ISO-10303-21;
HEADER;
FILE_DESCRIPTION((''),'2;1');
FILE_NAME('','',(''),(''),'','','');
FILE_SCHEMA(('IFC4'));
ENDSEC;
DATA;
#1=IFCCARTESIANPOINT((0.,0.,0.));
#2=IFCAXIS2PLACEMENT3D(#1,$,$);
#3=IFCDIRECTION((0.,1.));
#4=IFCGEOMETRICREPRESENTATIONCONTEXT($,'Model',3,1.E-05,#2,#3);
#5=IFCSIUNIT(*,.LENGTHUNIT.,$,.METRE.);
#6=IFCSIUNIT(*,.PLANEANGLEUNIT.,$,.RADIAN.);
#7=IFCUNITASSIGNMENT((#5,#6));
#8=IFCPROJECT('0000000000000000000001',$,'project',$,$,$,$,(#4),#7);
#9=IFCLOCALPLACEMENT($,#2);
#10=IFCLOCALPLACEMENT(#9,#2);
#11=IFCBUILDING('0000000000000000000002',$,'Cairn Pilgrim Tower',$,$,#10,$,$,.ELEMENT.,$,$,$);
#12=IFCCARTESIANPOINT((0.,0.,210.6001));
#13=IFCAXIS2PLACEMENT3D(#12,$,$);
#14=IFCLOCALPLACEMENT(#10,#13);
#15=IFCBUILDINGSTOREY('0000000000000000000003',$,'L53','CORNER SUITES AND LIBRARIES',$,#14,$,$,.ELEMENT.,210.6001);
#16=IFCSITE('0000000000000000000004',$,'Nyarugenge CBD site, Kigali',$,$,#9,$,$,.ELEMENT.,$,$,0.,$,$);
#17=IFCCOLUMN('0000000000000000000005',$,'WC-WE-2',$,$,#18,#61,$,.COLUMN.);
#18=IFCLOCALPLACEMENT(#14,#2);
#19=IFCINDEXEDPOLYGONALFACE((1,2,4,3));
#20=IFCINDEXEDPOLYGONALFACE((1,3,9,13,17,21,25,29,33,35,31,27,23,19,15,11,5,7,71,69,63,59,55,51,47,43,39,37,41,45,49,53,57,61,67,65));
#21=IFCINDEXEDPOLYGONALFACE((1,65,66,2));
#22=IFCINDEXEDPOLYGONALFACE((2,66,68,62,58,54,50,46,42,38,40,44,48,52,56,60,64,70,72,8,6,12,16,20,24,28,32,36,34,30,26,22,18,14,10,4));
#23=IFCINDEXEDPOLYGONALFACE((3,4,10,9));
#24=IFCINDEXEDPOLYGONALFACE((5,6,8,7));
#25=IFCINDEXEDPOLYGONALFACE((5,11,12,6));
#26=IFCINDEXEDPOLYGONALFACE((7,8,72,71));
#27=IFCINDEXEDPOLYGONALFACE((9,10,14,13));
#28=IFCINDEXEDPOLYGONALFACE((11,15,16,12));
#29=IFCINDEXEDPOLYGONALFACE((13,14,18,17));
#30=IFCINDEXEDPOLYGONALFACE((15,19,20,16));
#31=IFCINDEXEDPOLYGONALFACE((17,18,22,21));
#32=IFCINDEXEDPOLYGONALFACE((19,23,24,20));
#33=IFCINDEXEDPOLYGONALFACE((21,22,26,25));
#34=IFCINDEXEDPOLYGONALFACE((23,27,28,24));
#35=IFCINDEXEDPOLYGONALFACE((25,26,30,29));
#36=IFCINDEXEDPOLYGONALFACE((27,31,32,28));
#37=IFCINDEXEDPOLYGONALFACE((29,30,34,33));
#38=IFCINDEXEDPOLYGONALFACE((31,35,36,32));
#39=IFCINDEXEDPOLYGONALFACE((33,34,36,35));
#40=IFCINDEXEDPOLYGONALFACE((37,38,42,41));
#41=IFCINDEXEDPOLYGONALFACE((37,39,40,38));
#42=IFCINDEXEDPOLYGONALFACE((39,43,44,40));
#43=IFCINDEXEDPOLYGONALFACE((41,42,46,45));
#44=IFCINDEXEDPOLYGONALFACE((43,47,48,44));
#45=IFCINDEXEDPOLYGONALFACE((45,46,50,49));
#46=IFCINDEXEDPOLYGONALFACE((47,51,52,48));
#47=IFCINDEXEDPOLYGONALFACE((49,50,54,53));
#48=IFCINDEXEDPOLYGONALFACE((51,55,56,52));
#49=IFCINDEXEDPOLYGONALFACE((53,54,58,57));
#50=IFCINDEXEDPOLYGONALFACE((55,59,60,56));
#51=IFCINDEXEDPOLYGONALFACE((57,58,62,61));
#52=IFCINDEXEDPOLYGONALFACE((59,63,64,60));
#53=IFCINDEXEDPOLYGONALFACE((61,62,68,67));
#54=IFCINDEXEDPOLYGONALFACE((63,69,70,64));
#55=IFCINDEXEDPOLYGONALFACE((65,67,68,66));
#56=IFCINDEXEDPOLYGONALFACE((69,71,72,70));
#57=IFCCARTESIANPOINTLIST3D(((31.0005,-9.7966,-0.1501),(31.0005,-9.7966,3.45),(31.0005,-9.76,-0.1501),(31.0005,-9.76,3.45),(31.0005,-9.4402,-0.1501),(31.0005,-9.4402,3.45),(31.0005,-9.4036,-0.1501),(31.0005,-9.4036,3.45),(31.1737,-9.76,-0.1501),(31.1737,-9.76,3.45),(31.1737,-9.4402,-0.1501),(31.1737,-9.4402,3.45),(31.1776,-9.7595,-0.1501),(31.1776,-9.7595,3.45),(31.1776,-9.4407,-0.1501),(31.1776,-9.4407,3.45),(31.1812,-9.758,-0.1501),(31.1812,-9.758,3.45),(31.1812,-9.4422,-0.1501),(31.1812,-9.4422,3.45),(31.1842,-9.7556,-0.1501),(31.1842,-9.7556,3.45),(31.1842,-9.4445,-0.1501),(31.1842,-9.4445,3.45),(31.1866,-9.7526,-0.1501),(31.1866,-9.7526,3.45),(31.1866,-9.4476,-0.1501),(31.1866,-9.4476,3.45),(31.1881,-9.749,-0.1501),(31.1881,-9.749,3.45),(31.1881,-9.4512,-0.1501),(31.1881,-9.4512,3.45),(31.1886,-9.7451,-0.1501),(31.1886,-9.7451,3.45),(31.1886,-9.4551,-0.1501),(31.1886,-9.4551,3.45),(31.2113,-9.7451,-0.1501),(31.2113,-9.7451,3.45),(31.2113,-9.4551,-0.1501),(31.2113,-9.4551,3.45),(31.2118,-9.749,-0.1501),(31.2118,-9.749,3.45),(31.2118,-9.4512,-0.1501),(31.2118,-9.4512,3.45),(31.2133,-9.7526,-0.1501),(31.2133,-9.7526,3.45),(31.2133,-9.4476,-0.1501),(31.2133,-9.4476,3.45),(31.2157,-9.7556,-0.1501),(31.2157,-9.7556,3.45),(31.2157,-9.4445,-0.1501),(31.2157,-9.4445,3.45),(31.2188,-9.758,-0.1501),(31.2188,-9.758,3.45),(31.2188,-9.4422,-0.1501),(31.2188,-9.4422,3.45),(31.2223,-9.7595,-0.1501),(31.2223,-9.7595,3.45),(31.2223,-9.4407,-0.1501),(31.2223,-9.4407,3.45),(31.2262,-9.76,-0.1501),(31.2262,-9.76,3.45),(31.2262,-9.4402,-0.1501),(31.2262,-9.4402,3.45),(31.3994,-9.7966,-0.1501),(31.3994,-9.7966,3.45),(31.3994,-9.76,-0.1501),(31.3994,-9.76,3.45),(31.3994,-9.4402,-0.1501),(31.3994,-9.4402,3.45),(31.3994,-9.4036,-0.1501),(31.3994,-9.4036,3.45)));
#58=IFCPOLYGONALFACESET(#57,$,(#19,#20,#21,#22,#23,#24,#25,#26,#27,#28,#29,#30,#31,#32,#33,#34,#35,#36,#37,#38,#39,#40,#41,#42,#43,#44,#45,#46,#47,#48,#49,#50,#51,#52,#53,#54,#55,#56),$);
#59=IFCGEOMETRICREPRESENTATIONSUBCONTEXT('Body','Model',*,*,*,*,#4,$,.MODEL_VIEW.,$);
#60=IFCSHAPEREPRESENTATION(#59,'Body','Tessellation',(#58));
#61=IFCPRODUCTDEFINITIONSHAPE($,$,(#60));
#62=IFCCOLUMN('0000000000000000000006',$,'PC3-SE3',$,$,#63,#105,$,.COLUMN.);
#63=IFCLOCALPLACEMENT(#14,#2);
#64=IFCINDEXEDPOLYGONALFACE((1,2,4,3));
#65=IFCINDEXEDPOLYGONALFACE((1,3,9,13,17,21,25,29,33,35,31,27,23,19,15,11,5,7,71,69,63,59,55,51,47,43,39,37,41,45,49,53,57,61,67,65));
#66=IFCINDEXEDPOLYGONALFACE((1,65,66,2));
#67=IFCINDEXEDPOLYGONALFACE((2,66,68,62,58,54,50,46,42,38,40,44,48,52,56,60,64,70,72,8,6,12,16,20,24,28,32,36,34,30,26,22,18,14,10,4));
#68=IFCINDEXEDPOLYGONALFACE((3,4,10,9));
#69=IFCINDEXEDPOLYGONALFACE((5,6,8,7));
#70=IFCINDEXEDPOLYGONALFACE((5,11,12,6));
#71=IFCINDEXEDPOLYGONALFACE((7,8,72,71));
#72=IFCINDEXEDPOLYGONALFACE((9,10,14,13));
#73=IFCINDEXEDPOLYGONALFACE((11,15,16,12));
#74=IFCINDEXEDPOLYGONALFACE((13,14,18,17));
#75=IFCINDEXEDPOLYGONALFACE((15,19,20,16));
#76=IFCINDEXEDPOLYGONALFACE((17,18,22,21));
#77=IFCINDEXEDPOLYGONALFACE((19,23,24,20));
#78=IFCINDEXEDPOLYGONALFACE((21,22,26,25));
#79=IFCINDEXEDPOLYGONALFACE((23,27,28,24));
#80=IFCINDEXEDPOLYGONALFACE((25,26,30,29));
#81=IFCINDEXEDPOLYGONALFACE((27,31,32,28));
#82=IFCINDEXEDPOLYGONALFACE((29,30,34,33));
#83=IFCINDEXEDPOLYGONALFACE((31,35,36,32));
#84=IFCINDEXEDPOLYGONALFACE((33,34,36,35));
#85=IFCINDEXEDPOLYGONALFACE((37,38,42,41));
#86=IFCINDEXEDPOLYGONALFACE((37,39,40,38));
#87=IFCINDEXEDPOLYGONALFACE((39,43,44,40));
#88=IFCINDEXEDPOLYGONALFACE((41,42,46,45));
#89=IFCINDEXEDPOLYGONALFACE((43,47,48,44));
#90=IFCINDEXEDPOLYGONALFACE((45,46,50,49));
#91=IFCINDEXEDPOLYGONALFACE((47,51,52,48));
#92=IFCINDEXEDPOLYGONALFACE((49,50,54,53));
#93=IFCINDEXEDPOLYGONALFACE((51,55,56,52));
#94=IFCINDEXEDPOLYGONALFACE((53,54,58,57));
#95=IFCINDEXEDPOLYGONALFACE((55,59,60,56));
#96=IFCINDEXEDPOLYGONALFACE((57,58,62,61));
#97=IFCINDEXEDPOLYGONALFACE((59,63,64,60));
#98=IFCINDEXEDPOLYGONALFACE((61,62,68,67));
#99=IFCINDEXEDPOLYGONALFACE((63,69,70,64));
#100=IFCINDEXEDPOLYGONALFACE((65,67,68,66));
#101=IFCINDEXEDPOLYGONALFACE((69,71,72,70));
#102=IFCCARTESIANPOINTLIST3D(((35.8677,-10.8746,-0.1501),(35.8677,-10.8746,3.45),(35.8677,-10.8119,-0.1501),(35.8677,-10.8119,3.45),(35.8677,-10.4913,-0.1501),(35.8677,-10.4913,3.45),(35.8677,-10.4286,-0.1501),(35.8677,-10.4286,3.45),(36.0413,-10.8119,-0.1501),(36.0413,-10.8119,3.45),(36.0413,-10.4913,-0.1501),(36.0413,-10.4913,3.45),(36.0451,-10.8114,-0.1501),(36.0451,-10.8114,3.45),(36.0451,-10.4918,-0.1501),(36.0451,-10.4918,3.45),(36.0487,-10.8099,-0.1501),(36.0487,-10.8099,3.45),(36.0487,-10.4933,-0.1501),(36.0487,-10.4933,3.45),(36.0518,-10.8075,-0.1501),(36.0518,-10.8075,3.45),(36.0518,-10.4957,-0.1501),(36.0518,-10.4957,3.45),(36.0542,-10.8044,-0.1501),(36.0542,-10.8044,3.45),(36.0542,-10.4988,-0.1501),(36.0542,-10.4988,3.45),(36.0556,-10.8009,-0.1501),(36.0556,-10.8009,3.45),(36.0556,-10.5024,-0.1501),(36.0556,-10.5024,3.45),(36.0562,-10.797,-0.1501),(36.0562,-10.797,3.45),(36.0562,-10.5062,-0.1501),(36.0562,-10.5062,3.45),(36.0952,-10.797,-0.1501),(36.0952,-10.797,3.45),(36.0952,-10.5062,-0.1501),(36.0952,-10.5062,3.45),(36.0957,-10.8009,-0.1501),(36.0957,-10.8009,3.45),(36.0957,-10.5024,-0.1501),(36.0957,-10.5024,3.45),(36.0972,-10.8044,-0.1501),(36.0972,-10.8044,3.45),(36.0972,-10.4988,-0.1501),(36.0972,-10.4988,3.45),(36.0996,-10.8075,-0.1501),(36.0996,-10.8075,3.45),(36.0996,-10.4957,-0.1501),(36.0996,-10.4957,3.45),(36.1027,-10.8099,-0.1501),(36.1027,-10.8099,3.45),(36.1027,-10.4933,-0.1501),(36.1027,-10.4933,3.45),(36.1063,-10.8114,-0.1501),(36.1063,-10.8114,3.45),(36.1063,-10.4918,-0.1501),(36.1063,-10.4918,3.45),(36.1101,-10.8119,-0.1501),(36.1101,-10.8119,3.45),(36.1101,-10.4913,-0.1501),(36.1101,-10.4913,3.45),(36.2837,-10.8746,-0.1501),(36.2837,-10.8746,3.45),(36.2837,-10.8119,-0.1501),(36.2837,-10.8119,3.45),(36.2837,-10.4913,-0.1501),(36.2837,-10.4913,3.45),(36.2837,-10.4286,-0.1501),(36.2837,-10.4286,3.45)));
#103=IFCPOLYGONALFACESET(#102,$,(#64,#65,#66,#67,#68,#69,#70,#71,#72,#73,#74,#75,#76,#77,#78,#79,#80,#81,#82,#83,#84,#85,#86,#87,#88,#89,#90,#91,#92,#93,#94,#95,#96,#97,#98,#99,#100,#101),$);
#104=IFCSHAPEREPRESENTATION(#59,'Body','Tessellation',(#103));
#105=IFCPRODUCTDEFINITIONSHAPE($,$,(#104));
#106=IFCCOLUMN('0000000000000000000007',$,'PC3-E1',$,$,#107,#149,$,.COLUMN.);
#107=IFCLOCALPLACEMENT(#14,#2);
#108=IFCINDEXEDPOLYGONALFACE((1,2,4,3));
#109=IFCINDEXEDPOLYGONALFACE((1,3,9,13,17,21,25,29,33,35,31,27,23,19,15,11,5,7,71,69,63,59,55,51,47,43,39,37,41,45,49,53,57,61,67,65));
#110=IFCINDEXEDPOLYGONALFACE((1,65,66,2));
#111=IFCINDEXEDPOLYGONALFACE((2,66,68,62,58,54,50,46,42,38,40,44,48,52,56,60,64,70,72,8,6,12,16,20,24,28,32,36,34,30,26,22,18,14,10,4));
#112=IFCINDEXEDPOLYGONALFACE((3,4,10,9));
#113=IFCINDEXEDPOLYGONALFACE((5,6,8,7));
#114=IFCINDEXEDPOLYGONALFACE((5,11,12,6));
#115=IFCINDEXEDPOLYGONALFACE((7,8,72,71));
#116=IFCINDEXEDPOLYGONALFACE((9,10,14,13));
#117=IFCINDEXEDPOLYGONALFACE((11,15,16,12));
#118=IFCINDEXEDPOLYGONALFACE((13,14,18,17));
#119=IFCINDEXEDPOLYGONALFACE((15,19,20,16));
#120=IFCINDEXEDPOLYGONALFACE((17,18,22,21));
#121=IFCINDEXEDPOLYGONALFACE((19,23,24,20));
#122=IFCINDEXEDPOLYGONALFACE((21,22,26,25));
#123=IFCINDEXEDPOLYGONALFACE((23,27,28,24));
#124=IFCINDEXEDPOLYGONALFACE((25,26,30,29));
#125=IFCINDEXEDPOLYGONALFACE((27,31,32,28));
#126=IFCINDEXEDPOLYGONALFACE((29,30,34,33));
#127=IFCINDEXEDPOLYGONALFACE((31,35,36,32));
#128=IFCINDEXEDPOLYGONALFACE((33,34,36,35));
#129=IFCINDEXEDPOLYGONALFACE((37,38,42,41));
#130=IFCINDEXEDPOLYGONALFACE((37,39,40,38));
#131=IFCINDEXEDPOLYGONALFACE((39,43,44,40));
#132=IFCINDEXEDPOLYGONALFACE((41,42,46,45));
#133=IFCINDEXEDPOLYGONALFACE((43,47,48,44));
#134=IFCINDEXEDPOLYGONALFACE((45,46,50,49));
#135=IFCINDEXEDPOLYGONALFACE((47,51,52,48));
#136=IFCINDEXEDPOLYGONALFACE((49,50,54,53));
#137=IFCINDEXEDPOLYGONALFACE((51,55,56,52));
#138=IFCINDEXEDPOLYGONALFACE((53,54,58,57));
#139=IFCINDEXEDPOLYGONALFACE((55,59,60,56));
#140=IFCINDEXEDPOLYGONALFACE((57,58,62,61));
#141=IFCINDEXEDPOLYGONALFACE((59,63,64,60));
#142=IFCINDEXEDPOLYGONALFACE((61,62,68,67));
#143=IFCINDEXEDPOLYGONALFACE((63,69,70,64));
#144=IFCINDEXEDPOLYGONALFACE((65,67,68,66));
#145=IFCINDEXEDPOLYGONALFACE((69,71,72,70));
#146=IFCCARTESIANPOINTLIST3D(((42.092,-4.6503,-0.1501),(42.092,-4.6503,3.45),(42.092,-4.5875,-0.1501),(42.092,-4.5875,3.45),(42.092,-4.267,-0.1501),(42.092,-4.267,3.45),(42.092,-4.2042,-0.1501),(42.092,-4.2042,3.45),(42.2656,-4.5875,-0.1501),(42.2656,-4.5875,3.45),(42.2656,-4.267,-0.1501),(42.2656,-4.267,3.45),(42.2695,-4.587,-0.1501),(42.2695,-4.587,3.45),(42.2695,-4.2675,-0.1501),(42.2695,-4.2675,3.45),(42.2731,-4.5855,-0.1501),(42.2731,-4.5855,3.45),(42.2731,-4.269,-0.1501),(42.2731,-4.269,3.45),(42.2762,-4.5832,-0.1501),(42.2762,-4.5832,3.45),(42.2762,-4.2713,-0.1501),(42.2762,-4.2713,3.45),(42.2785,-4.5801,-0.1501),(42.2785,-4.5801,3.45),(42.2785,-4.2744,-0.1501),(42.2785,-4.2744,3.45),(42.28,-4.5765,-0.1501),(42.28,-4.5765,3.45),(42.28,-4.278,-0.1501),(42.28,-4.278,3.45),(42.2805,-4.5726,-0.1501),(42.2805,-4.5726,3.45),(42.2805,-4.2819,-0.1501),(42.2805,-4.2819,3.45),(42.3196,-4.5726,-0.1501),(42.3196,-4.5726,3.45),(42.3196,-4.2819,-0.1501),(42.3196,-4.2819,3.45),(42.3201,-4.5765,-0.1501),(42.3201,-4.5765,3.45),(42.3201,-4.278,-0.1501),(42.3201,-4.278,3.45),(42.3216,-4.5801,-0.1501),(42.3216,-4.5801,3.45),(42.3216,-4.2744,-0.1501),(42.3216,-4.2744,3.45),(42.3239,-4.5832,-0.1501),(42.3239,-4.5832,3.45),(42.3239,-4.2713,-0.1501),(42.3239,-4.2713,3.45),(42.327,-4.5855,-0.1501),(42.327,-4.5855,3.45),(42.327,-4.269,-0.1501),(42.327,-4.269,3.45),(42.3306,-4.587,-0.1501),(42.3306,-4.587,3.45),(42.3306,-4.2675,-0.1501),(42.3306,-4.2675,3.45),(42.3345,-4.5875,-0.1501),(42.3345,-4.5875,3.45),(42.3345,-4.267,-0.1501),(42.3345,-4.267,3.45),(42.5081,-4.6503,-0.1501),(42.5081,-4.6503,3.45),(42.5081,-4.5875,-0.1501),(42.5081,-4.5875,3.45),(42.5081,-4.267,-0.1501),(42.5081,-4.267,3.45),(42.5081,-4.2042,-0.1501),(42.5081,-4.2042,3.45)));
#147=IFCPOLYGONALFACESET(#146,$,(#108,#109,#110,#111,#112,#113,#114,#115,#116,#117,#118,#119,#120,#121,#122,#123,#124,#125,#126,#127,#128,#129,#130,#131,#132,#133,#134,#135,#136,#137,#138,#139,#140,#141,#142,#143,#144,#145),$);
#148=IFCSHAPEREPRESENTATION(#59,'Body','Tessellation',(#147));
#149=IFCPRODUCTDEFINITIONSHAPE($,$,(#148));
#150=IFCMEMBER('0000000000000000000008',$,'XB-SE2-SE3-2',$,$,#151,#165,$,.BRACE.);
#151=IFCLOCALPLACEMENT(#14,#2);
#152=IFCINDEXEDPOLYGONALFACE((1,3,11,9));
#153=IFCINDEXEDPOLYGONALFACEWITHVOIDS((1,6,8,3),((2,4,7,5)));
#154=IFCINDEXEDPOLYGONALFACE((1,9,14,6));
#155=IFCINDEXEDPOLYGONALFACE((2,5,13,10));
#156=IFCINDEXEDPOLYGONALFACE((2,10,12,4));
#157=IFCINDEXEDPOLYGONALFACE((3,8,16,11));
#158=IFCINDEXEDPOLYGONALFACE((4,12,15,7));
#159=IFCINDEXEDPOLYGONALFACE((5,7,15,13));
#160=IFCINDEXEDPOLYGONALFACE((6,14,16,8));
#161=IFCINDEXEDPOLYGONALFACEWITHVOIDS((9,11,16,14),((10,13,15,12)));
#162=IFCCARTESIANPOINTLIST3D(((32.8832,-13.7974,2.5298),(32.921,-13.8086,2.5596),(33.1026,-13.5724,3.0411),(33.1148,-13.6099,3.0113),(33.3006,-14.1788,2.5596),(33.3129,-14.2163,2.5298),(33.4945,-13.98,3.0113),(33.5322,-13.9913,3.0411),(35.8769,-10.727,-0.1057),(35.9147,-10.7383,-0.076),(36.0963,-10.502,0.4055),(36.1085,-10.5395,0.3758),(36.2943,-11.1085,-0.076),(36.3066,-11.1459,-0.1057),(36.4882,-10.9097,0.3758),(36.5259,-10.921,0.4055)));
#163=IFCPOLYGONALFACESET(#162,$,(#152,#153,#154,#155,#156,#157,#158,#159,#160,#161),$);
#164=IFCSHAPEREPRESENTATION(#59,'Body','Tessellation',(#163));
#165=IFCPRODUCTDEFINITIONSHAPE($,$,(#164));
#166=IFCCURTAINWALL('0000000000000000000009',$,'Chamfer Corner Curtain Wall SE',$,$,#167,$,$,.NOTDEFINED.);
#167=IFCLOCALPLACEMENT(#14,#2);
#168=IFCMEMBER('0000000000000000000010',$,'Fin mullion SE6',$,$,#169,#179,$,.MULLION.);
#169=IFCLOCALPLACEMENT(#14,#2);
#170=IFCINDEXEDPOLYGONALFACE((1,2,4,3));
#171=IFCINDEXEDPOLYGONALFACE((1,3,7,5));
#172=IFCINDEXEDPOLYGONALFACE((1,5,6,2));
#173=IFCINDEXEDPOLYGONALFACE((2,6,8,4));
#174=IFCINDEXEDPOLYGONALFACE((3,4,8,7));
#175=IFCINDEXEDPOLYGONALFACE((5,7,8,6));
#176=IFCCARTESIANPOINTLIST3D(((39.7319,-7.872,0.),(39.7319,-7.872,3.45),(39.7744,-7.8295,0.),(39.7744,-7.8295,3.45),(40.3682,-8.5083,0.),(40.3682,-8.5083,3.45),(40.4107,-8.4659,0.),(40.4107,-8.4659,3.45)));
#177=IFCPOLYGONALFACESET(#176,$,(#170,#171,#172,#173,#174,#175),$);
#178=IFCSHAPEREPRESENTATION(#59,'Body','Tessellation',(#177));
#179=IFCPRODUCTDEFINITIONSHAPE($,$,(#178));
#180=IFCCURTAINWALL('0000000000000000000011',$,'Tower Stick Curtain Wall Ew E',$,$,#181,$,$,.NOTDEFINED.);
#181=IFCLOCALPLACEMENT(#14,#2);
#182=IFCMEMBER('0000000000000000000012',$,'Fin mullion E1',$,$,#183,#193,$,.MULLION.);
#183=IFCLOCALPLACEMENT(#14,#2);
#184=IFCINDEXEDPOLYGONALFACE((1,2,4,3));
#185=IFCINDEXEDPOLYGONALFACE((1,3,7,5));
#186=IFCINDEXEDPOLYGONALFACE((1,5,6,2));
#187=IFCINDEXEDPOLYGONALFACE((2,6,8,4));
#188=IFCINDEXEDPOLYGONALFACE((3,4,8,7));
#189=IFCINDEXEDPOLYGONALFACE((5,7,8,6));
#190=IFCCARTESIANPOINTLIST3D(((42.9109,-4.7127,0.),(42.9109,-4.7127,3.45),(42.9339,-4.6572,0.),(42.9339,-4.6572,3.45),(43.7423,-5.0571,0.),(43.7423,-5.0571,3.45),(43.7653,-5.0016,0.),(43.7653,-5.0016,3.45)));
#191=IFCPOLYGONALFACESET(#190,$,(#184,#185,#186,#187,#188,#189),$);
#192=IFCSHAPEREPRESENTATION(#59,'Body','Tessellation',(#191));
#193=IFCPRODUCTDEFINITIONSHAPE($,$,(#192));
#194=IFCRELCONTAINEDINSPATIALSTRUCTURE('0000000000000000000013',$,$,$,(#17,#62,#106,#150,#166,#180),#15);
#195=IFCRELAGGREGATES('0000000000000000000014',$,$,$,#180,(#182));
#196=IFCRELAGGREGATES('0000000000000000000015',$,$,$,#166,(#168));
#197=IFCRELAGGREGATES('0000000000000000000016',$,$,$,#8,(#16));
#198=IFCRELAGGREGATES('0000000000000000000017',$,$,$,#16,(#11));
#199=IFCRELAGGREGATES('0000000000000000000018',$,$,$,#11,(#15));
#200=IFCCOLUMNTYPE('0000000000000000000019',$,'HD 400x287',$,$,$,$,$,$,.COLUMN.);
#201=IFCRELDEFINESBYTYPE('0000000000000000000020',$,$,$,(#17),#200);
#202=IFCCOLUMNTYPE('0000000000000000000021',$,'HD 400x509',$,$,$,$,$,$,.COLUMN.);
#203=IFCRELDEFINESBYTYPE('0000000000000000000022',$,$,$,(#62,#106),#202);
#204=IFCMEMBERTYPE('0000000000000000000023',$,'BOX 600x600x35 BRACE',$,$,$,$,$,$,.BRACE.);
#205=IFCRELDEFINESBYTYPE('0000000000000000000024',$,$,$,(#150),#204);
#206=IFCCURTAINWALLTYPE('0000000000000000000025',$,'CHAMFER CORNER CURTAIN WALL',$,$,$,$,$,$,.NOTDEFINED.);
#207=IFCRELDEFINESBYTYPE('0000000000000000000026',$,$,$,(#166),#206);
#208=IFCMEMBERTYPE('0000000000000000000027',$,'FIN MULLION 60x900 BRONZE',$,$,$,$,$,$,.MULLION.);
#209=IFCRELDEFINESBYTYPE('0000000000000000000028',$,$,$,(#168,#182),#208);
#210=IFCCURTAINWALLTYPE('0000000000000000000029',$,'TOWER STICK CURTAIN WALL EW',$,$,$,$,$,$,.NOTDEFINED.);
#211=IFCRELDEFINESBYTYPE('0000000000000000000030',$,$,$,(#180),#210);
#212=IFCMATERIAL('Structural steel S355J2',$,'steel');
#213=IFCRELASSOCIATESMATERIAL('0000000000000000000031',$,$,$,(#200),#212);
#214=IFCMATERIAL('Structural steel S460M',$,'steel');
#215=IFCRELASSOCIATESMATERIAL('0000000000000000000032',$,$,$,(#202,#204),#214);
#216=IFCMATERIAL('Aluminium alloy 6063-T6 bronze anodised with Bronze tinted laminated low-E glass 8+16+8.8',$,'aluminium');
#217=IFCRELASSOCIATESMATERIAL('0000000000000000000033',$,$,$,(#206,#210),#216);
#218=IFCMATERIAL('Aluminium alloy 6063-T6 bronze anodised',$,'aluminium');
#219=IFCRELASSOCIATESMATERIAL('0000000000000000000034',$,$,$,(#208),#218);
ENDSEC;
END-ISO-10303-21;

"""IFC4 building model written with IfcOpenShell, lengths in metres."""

from ifc_helpers import new_model, si_unit, direction, frame, origin, origin_2d, place, context, subcontext, project, spatial, rectangle, hollow_rectangle, i_section, extrude, material, material_profile, profile_set, type_object, element, aggregate, save


model = new_model("IFC4")

# Units and contexts
model_context = context("Model", 3, precision=1e-05, world=origin(), true_north=direction((0.0, 1.0)))
body_context = subcontext(model_context, "Body", "Model", "MODEL_VIEW")
ifc_project = project(units=[si_unit("LENGTHUNIT", "METRE"), si_unit("PLANEANGLEUNIT", "RADIAN")], contexts=[model_context])

# Site, building, storey
site_placement = place(None, origin())
site = spatial("IfcSite", under=ifc_project, at=site_placement, Name="Nyarugenge CBD site, Kigali", CompositionType="ELEMENT", RefElevation=0.0)
building_placement = place(site_placement, origin())
building = spatial("IfcBuilding", under=site, at=building_placement, Name="Cairn Pilgrim Tower", CompositionType="ELEMENT")
storey_placement = place(building_placement, frame((0.0, 0.0, 210.6001)))
storey = spatial("IfcBuildingStorey", under=building, at=storey_placement, Name="L53", Description="CORNER SUITES AND LIBRARIES", CompositionType="ELEMENT", Elevation=210.6001)

# Columns
ifc_material_1 = material(Name="Structural steel S355J2", Category="steel")
ifc_material_profile_1 = material_profile(ifc_material_1, i_section(OverallWidth=0.3989, OverallDepth=0.3931, WebThickness=0.0227, FlangeThickness=0.0366, FilletRadius=0.0149, at=origin_2d()), Name="HD 400x287")
ifc_profile_set_1 = profile_set([ifc_material_profile_1], Name="Structural steel S355J2")
column_type_1 = type_object("IfcColumnType", Name="HD 400x287", PredefinedType="COLUMN", material=ifc_profile_set_1)
column_placement = place(storey_placement, frame((31.2, -9.6001, -0.1501), z_axis=(0.0, 0.0, 1.0), x_axis=(1.0, 0.0, 0.0)))
element("IfcColumn", 1, at=column_placement, inside=storey, type_object=column_type_1, Name="WC-WE-2", PredefinedType="COLUMN", context=body_context, shape_type="SweptSolid", body=[
    extrude(i_section(OverallWidth=0.3989, OverallDepth=0.3931, WebThickness=0.0227, FlangeThickness=0.0366, FilletRadius=0.0149, at=origin_2d()), origin(), (0.0, 0.0, 1.0), 3.6001),
])
ifc_material_2 = material(Name="Structural steel S460M", Category="steel")
ifc_material_profile_2 = material_profile(ifc_material_2, i_section(OverallWidth=0.416, OverallDepth=0.446, WebThickness=0.0391, FlangeThickness=0.0627, FilletRadius=0.0149, at=origin_2d()), Name="HD 400x509")
ifc_profile_set_2 = profile_set([ifc_material_profile_2], Name="Structural steel S460M")
column_type_2 = type_object("IfcColumnType", Name="HD 400x509", PredefinedType="COLUMN", material=ifc_profile_set_2)
for number, where, z_axis, x_axis, name in (
    (2, (36.0757, -10.6516, -0.1501), (0.0, 0.0, 1.0), (1.0, 0.0, 0.0), "PC3-SE3"),
    (3, (42.3, -4.4272, -0.1501), (0.0, 0.0, 1.0), (1.0, 0.0, 0.0), "PC3-E1"),
):
    element("IfcColumn", number, at=place(storey_placement, frame(where, z_axis=z_axis, x_axis=x_axis)), inside=storey, type_object=column_type_2, Name=name, PredefinedType="COLUMN", context=body_context, shape_type="SweptSolid", body=[
        extrude(i_section(OverallWidth=0.416, OverallDepth=0.446, WebThickness=0.0391, FlangeThickness=0.0627, FilletRadius=0.0149, at=origin_2d()), origin(), (0.0, 0.0, 1.0), 3.6001),
    ])

# Member
ifc_material_profile_3 = material_profile(ifc_material_2, hollow_rectangle(XDim=0.6001, YDim=0.6001, WallThickness=0.0349, at=origin_2d()), Name="BOX 600x600x35")
ifc_profile_set_3 = profile_set([ifc_material_profile_3], Name="Structural steel S460M")
member_type_1 = type_object("IfcMemberType", Name="BOX 600x600x35 BRACE", PredefinedType="BRACE", material=ifc_profile_set_3)
member_1_placement = place(storey_placement, frame((36.2014, -10.824, 0.1499), z_axis=(-0.594763, -0.609994, 0.523607), x_axis=(0.715989, -0.698112, 0.0)))
element("IfcMember", 4, at=member_1_placement, inside=storey, type_object=member_type_1, Name="XB-SE2-SE3-2", PredefinedType="BRACE", context=body_context, shape_type="SweptSolid", body=[
    extrude(hollow_rectangle(XDim=0.6001, YDim=0.6001, WallThickness=0.0349, at=origin_2d()), origin(), (0.0, 0.0, 1.0), 5.0334),
])

# Curtain walls, members
ifc_material_3 = material(Name="Aluminium alloy 6063-T6 bronze anodised with Bronze tinted laminated low-E glass 8+16+8.8", Category="aluminium")
curtain_wall_type_1 = type_object("IfcCurtainWallType", Name="CHAMFER CORNER CURTAIN WALL", PredefinedType="NOTDEFINED", material=ifc_material_3)
curtain_wall_1_placement = place(storey_placement, origin())
curtain_wall_1 = element("IfcCurtainWall", 5, at=curtain_wall_1_placement, inside=storey, type_object=curtain_wall_type_1, Name="Chamfer Corner Curtain Wall SE", PredefinedType="NOTDEFINED")
ifc_material_4 = material(Name="Aluminium alloy 6063-T6 bronze anodised", Category="aluminium")
ifc_material_profile_4 = material_profile(ifc_material_4, rectangle(XDim=0.8999, YDim=0.0601, at=origin_2d()), Name="FIN MULLION 60x900 BRONZE")
ifc_profile_set_4 = profile_set([ifc_material_profile_4], Name="Aluminium alloy 6063-T6 bronze anodised")
member_type_2 = type_object("IfcMemberType", Name="FIN MULLION 60x900 BRONZE", PredefinedType="MULLION", material=ifc_profile_set_4)
member_2_placement = place(storey_placement, frame((40.0713, -8.1689, 0.0), z_axis=(0.0, 0.0, 1.0), x_axis=(0.707107, -0.707107, 0.0)))
member_2 = element("IfcMember", 6, at=member_2_placement, type_object=member_type_2, Name="Fin mullion SE6", PredefinedType="MULLION", context=body_context, shape_type="SweptSolid", body=[
    extrude(rectangle(XDim=0.8999, YDim=0.0601, at=origin_2d()), origin(), (0.0, 0.0, 1.0), 3.45),
])
curtain_wall_type_2 = type_object("IfcCurtainWallType", Name="TOWER STICK CURTAIN WALL EW", PredefinedType="NOTDEFINED", material=ifc_material_3)
curtain_wall_2_placement = place(storey_placement, origin())
curtain_wall_2 = element("IfcCurtainWall", 7, at=curtain_wall_2_placement, inside=storey, type_object=curtain_wall_type_2, Name="Tower Stick Curtain Wall Ew E", PredefinedType="NOTDEFINED")
member_3_placement = place(storey_placement, frame((43.3381, -4.8572, 0.0), z_axis=(0.0, 0.0, 1.0), x_axis=(0.92388, -0.382683, 0.0)))
member_3 = element("IfcMember", 8, at=member_3_placement, type_object=member_type_2, Name="Fin mullion E1", PredefinedType="MULLION", context=body_context, shape_type="SweptSolid", body=[
    extrude(rectangle(XDim=0.8999, YDim=0.0601, at=origin_2d()), origin(), (0.0, 0.0, 1.0), 3.45),
])
aggregate(curtain_wall_2, [member_3])

aggregate(curtain_wall_1, [member_2])

save(model, "model.ifc")
